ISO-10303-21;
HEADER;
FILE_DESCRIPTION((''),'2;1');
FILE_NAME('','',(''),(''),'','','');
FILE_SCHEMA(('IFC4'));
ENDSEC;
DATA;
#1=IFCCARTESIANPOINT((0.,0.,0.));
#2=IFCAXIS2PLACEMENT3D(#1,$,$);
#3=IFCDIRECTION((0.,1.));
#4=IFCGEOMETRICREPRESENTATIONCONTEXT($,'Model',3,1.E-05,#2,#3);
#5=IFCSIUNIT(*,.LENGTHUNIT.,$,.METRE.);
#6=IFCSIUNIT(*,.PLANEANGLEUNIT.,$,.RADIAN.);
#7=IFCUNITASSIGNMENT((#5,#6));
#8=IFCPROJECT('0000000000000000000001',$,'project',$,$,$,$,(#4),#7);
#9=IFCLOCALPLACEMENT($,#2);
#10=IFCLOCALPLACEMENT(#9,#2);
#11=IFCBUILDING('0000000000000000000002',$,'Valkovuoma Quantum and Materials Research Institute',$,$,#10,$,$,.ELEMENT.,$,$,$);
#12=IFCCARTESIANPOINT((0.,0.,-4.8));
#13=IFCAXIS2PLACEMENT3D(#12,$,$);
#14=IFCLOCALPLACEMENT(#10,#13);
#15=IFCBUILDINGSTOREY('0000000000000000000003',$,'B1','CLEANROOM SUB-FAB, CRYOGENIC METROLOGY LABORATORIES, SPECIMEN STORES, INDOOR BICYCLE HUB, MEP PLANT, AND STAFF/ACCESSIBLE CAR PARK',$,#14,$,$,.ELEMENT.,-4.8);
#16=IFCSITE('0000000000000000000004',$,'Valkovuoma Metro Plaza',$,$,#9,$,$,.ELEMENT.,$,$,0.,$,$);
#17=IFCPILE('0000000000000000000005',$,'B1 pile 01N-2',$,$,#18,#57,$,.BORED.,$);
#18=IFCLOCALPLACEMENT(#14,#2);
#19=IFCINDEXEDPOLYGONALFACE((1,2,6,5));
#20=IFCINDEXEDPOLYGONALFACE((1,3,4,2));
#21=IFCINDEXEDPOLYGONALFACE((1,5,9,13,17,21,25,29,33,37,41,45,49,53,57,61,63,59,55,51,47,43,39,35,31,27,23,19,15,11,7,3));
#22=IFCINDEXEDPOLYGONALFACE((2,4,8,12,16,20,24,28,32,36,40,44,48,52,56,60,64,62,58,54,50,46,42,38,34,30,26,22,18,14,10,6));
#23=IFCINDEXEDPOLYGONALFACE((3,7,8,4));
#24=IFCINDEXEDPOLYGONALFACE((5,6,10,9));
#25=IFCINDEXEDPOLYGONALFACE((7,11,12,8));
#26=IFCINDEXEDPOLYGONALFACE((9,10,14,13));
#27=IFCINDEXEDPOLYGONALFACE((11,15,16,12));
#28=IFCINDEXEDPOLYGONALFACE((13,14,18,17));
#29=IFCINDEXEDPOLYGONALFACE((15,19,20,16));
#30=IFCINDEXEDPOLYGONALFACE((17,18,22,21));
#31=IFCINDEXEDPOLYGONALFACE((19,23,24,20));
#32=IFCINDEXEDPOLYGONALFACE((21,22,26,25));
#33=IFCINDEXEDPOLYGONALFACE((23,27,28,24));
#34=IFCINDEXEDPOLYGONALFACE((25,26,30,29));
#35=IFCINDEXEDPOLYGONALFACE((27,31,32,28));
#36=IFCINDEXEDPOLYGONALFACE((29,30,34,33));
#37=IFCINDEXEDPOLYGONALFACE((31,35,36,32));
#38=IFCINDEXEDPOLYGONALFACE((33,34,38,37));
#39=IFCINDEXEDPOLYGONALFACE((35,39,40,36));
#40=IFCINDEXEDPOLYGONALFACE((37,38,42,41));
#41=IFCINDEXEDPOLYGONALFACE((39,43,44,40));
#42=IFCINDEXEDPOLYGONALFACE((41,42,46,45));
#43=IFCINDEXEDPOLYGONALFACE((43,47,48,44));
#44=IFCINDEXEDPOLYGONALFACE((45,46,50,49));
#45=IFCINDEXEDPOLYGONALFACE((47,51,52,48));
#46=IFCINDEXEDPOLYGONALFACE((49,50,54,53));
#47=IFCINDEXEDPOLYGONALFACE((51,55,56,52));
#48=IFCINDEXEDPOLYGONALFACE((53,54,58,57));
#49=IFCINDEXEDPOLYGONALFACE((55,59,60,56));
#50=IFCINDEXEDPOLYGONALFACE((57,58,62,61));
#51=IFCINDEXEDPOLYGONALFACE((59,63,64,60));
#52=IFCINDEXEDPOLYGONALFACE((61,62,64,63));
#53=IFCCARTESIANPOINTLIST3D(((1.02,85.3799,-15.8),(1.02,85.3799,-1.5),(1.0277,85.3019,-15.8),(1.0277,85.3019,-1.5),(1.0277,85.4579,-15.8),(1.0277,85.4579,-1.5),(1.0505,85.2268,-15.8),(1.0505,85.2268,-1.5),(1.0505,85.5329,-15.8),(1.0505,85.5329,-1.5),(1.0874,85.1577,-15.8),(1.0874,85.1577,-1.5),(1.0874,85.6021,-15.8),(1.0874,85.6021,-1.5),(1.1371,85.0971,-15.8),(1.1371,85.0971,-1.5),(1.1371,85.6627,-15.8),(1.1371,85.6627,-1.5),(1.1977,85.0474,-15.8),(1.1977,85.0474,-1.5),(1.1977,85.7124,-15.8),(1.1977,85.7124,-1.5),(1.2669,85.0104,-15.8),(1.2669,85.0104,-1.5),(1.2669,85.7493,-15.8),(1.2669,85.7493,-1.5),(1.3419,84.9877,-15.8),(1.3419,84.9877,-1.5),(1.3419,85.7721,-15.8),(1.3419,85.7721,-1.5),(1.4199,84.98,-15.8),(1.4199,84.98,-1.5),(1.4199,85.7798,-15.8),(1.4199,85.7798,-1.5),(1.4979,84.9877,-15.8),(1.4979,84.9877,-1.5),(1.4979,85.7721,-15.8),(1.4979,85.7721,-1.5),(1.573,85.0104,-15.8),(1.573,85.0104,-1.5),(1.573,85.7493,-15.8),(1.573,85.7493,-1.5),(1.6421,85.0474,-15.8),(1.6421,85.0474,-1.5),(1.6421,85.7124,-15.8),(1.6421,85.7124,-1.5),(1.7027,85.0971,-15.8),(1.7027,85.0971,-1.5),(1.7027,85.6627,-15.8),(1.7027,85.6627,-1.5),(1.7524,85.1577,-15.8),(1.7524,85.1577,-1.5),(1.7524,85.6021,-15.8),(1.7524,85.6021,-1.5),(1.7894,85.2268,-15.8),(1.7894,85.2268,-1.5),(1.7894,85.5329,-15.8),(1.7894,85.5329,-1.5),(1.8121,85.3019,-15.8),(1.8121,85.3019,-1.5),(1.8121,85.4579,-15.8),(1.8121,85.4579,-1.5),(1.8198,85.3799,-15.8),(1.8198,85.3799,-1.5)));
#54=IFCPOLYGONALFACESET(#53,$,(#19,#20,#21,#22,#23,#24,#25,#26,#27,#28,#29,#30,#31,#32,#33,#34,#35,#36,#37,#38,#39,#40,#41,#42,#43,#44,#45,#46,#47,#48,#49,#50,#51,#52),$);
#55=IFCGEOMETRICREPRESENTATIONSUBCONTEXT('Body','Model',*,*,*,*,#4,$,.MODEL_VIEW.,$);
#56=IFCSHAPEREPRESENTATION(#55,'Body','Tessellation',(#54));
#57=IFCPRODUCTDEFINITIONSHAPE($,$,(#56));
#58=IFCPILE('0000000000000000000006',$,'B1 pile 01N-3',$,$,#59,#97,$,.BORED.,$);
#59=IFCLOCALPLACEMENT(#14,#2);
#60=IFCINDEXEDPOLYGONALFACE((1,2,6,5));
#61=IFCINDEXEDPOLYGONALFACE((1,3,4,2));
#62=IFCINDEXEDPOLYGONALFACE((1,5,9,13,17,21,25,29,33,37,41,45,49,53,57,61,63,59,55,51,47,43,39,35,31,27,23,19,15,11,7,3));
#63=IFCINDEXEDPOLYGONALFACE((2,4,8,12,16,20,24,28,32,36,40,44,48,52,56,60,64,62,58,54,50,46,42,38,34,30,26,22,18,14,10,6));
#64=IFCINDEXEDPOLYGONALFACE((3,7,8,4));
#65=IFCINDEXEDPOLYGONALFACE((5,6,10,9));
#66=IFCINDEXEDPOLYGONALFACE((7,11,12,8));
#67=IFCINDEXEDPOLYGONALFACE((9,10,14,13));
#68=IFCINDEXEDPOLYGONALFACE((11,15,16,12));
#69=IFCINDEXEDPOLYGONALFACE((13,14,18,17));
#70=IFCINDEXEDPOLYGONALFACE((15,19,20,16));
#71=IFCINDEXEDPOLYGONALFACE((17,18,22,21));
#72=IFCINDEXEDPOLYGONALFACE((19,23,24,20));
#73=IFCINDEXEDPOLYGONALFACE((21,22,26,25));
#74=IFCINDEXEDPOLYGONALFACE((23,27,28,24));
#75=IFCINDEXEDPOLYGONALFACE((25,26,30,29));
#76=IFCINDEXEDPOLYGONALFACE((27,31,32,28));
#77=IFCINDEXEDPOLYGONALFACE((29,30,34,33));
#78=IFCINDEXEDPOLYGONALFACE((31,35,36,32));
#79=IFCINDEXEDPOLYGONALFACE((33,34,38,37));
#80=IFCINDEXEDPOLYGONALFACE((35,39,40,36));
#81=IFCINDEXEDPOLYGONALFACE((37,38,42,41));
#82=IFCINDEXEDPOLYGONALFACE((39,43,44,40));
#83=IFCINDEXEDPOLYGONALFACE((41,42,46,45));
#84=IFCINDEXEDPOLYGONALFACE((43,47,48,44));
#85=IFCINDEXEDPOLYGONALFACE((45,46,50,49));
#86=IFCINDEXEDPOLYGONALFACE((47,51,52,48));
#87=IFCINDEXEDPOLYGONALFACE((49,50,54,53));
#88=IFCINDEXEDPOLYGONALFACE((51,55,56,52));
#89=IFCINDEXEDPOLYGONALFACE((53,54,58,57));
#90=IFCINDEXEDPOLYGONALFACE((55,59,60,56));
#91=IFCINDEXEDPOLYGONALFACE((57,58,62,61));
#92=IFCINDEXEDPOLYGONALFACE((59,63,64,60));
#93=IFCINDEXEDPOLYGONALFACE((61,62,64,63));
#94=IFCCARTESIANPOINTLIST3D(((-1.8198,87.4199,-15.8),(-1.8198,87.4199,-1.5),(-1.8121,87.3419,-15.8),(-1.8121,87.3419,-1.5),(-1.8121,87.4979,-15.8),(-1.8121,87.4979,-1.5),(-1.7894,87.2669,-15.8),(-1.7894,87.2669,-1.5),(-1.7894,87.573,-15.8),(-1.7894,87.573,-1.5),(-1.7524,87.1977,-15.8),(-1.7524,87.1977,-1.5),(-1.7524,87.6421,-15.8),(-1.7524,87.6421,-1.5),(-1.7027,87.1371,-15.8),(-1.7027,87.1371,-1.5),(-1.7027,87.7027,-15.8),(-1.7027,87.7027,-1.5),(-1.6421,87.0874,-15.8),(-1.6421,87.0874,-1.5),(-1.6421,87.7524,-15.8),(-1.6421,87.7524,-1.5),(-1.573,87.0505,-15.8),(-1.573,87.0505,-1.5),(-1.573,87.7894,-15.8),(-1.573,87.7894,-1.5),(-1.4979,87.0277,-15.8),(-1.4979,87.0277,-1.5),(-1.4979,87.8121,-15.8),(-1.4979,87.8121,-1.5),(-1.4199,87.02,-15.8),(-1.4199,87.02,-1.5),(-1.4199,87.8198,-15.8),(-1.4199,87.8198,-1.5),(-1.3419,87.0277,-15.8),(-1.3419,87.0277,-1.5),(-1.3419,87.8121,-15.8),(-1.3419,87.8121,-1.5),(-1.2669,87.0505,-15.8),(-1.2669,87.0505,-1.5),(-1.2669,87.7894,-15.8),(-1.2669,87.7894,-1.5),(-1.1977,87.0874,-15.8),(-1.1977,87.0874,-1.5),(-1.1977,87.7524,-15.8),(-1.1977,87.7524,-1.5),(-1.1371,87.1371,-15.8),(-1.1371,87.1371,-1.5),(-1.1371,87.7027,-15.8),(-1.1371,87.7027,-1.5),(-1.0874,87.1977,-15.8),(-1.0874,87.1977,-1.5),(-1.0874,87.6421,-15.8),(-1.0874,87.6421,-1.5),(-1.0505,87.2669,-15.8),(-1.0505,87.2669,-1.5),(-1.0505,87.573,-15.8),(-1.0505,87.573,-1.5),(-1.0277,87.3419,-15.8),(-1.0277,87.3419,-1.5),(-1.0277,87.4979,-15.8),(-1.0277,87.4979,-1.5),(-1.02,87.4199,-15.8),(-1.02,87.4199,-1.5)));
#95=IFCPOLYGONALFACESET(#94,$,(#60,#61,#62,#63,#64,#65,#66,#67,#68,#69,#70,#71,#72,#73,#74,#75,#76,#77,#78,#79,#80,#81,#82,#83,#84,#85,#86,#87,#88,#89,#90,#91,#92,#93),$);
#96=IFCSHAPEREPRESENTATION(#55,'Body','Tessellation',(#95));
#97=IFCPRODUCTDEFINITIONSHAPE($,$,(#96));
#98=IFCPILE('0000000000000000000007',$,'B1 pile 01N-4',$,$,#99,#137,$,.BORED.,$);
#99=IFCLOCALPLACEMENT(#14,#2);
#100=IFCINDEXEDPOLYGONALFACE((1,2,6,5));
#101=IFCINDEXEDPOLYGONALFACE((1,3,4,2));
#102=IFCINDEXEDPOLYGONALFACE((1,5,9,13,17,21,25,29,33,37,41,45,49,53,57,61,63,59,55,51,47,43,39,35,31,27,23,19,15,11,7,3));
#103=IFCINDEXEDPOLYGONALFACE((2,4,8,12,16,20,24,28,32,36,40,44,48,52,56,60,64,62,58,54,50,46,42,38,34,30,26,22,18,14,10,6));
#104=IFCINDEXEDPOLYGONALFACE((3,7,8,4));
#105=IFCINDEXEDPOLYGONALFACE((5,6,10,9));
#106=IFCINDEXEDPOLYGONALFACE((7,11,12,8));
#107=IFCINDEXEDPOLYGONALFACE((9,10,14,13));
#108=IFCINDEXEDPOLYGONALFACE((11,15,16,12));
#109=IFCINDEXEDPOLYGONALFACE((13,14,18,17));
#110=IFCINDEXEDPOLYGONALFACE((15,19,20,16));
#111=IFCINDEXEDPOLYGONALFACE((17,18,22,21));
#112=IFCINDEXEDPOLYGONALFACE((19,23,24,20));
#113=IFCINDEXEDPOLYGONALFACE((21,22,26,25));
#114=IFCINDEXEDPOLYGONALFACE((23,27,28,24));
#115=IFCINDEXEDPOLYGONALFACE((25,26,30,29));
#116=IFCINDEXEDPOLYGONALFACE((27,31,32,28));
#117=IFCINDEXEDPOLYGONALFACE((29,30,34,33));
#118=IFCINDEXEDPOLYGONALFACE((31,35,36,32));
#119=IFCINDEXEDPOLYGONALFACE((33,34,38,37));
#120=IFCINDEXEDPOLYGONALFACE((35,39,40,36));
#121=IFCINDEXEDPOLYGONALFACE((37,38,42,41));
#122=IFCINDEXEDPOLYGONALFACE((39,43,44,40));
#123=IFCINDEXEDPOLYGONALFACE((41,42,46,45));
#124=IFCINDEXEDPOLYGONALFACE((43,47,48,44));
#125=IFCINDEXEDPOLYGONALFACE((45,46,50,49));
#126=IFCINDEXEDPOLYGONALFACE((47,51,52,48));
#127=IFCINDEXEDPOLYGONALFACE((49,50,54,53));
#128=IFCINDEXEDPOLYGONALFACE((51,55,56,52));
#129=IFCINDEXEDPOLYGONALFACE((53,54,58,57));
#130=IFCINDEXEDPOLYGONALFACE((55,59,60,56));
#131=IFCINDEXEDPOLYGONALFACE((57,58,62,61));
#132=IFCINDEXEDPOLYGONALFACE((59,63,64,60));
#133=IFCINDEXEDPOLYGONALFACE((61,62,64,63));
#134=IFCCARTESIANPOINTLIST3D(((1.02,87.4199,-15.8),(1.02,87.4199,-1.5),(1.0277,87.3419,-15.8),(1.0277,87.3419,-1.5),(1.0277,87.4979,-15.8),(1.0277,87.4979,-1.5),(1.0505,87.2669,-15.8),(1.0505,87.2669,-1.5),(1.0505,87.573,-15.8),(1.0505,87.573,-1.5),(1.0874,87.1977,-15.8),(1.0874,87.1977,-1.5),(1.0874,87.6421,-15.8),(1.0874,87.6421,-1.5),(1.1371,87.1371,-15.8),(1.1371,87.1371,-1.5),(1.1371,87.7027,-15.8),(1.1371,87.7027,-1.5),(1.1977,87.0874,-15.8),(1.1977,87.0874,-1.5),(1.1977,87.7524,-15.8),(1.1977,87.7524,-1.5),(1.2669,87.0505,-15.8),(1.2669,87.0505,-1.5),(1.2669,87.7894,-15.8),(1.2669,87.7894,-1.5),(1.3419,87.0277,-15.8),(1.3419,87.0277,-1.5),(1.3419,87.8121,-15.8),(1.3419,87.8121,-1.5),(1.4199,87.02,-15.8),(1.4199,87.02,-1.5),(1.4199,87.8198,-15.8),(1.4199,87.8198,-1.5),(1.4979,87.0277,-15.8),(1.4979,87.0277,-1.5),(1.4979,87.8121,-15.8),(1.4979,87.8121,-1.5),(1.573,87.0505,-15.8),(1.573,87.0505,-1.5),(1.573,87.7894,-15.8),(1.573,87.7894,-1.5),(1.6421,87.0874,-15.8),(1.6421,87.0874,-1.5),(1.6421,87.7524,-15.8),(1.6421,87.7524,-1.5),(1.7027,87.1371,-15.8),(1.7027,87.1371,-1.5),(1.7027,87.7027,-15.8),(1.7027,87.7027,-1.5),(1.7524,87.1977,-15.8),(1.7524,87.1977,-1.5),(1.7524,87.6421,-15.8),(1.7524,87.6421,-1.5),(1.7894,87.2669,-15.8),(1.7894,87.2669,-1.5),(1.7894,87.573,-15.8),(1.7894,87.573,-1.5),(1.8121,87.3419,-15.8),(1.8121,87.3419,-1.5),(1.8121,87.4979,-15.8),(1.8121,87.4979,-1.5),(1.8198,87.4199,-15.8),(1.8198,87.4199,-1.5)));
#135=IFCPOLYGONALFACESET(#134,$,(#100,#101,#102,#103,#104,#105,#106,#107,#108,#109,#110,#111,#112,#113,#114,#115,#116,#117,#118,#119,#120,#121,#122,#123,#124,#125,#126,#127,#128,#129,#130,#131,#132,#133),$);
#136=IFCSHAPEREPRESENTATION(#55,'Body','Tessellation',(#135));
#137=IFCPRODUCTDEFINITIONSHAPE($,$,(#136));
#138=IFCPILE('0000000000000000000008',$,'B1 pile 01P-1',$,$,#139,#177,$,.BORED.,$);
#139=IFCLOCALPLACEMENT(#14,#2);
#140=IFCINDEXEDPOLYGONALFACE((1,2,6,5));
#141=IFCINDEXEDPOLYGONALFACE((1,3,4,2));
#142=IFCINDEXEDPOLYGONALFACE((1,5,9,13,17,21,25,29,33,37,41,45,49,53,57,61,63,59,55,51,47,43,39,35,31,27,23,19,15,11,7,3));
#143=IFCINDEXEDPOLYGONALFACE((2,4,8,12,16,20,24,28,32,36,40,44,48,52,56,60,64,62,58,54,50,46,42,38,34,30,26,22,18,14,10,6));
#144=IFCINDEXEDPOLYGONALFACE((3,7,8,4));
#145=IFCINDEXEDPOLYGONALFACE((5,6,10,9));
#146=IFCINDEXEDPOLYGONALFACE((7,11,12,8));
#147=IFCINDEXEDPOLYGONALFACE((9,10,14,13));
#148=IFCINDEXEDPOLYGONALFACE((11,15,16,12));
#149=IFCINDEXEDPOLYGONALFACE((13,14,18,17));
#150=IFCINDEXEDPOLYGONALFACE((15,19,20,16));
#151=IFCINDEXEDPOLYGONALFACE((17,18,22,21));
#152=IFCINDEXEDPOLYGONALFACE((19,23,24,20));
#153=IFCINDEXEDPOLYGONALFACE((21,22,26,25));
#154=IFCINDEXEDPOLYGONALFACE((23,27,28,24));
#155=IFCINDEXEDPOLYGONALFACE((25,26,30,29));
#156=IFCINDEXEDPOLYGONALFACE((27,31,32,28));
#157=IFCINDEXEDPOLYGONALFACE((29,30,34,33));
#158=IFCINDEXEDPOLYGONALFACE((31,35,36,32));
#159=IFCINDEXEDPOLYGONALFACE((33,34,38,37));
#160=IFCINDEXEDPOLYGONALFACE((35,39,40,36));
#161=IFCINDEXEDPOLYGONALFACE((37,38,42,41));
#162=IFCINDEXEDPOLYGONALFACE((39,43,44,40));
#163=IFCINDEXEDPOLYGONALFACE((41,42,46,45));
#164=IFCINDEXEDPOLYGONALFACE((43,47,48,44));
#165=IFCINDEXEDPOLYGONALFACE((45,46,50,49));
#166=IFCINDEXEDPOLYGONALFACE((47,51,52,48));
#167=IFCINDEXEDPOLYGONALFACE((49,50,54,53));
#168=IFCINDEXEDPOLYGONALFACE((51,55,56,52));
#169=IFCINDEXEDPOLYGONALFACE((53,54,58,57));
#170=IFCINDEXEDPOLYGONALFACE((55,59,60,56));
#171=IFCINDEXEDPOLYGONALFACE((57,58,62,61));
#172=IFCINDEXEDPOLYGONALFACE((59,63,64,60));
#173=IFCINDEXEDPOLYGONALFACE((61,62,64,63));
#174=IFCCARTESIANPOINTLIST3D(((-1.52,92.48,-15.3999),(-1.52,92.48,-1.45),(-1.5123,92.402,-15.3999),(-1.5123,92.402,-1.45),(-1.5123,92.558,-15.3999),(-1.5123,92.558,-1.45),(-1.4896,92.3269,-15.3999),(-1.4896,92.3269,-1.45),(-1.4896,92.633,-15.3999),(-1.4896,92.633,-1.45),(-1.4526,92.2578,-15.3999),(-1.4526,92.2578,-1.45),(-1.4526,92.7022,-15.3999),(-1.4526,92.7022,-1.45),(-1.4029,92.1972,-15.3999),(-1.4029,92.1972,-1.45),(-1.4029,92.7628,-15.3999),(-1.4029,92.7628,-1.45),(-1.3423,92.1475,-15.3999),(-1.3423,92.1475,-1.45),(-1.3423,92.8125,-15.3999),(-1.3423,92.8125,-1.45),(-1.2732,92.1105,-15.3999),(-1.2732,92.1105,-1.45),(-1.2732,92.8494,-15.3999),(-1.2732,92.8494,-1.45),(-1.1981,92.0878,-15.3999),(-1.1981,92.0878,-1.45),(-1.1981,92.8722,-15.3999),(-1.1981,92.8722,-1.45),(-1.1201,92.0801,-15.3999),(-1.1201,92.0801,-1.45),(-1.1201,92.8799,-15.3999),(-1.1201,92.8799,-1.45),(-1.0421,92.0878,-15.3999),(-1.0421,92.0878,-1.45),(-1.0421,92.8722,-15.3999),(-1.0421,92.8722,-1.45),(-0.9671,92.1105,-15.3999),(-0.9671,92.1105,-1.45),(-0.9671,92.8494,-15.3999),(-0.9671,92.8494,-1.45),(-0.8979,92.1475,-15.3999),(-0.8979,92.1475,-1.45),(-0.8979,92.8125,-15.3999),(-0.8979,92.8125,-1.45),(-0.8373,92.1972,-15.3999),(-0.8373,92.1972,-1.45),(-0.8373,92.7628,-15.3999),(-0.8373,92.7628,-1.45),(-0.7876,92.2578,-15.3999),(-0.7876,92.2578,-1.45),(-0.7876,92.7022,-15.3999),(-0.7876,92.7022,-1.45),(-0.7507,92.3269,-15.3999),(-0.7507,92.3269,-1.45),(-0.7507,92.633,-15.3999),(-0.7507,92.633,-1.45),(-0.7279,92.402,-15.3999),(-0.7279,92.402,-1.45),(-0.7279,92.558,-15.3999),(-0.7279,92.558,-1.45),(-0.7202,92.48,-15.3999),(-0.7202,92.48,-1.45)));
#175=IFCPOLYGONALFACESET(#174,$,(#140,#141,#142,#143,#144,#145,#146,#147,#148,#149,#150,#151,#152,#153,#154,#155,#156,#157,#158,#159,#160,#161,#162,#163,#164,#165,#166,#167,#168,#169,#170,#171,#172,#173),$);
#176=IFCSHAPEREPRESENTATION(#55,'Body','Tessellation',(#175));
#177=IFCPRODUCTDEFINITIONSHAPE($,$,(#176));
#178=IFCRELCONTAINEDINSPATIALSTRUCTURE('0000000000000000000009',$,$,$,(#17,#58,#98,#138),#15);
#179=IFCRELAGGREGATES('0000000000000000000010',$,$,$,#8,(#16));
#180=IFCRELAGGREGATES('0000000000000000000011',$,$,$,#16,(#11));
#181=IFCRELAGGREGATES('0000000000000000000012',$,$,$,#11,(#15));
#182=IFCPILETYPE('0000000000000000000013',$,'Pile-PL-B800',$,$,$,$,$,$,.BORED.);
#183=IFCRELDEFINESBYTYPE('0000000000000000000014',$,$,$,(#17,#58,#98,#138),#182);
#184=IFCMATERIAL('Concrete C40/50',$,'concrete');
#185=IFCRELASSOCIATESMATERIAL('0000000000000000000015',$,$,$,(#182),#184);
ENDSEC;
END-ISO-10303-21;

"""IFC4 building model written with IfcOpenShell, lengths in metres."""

from ifc_helpers import new_model, si_unit, direction, frame, origin, origin_2d, place, context, subcontext, project, spatial, circle, extrude, material, material_profile, profile_set, type_object, element, save


model = new_model("IFC4")

# Units and contexts
model_context = context("Model", 3, precision=1e-05, world=origin(), true_north=direction((0.0, 1.0)))
body_context = subcontext(model_context, "Body", "Model", "MODEL_VIEW")
ifc_project = project(units=[si_unit("LENGTHUNIT", "METRE"), si_unit("PLANEANGLEUNIT", "RADIAN")], contexts=[model_context])

# Site, building, storey
site_placement = place(None, origin())
site = spatial("IfcSite", under=ifc_project, at=site_placement, Name="Valkovuoma Metro Plaza", CompositionType="ELEMENT", RefElevation=0.0)
building_placement = place(site_placement, origin())
building = spatial("IfcBuilding", under=site, at=building_placement, Name="Valkovuoma Quantum and Materials Research Institute", CompositionType="ELEMENT")
storey_placement = place(building_placement, frame((0.0, 0.0, -4.8)))
storey = spatial("IfcBuildingStorey", under=building, at=storey_placement, Name="B1", Description="CLEANROOM SUB-FAB, CRYOGENIC METROLOGY LABORATORIES, SPECIMEN STORES, INDOOR BICYCLE HUB, MEP PLANT, AND STAFF/ACCESSIBLE CAR PARK", CompositionType="ELEMENT", Elevation=-4.8)

# Piles
ifc_material_1 = material(Name="Concrete C40/50", Category="concrete")
ifc_material_profile_1 = material_profile(ifc_material_1, circle(Radius=0.3999, at=origin_2d()), Name="Concrete C40/50")
ifc_profile_set_1 = profile_set([ifc_material_profile_1], Name="Concrete C40/50")
pile_type = type_object("IfcPileType", Name="Pile-PL-B800", PredefinedType="BORED", material=ifc_profile_set_1)
for number, where, z_axis, x_axis, name in (
    (1, (1.4199, 85.3799, -1.5), (0.0, 0.0, -1.0), (1.0, 0.0, 0.0), "B1 pile 01N-2"),
    (2, (-1.4199, 87.4199, -1.5), (0.0, 0.0, -1.0), (1.0, 0.0, 0.0), "B1 pile 01N-3"),
    (3, (1.4199, 87.4199, -1.5), (0.0, 0.0, -1.0), (1.0, 0.0, 0.0), "B1 pile 01N-4"),
):
    element("IfcPile", number, at=place(storey_placement, frame(where, z_axis=z_axis, x_axis=x_axis)), inside=storey, type_object=pile_type, Name=name, PredefinedType="BORED", context=body_context, shape_type="SweptSolid", body=[
        extrude(circle(Radius=0.3999, at=origin_2d()), origin(), (0.0, 0.0, 1.0), 14.3),
    ])
for number, where, z_axis, x_axis, name in (
    (4, (-1.1201, 92.48, -1.45), (0.0, 0.0, -1.0), (1.0, 0.0, 0.0), "B1 pile 01P-1"),
):
    element("IfcPile", number, at=place(storey_placement, frame(where, z_axis=z_axis, x_axis=x_axis)), inside=storey, type_object=pile_type, Name=name, PredefinedType="BORED", context=body_context, shape_type="SweptSolid", body=[
        extrude(circle(Radius=0.3999, at=origin_2d()), origin(), (0.0, 0.0, 1.0), 13.95),
    ])

save(model, "model.ifc")
